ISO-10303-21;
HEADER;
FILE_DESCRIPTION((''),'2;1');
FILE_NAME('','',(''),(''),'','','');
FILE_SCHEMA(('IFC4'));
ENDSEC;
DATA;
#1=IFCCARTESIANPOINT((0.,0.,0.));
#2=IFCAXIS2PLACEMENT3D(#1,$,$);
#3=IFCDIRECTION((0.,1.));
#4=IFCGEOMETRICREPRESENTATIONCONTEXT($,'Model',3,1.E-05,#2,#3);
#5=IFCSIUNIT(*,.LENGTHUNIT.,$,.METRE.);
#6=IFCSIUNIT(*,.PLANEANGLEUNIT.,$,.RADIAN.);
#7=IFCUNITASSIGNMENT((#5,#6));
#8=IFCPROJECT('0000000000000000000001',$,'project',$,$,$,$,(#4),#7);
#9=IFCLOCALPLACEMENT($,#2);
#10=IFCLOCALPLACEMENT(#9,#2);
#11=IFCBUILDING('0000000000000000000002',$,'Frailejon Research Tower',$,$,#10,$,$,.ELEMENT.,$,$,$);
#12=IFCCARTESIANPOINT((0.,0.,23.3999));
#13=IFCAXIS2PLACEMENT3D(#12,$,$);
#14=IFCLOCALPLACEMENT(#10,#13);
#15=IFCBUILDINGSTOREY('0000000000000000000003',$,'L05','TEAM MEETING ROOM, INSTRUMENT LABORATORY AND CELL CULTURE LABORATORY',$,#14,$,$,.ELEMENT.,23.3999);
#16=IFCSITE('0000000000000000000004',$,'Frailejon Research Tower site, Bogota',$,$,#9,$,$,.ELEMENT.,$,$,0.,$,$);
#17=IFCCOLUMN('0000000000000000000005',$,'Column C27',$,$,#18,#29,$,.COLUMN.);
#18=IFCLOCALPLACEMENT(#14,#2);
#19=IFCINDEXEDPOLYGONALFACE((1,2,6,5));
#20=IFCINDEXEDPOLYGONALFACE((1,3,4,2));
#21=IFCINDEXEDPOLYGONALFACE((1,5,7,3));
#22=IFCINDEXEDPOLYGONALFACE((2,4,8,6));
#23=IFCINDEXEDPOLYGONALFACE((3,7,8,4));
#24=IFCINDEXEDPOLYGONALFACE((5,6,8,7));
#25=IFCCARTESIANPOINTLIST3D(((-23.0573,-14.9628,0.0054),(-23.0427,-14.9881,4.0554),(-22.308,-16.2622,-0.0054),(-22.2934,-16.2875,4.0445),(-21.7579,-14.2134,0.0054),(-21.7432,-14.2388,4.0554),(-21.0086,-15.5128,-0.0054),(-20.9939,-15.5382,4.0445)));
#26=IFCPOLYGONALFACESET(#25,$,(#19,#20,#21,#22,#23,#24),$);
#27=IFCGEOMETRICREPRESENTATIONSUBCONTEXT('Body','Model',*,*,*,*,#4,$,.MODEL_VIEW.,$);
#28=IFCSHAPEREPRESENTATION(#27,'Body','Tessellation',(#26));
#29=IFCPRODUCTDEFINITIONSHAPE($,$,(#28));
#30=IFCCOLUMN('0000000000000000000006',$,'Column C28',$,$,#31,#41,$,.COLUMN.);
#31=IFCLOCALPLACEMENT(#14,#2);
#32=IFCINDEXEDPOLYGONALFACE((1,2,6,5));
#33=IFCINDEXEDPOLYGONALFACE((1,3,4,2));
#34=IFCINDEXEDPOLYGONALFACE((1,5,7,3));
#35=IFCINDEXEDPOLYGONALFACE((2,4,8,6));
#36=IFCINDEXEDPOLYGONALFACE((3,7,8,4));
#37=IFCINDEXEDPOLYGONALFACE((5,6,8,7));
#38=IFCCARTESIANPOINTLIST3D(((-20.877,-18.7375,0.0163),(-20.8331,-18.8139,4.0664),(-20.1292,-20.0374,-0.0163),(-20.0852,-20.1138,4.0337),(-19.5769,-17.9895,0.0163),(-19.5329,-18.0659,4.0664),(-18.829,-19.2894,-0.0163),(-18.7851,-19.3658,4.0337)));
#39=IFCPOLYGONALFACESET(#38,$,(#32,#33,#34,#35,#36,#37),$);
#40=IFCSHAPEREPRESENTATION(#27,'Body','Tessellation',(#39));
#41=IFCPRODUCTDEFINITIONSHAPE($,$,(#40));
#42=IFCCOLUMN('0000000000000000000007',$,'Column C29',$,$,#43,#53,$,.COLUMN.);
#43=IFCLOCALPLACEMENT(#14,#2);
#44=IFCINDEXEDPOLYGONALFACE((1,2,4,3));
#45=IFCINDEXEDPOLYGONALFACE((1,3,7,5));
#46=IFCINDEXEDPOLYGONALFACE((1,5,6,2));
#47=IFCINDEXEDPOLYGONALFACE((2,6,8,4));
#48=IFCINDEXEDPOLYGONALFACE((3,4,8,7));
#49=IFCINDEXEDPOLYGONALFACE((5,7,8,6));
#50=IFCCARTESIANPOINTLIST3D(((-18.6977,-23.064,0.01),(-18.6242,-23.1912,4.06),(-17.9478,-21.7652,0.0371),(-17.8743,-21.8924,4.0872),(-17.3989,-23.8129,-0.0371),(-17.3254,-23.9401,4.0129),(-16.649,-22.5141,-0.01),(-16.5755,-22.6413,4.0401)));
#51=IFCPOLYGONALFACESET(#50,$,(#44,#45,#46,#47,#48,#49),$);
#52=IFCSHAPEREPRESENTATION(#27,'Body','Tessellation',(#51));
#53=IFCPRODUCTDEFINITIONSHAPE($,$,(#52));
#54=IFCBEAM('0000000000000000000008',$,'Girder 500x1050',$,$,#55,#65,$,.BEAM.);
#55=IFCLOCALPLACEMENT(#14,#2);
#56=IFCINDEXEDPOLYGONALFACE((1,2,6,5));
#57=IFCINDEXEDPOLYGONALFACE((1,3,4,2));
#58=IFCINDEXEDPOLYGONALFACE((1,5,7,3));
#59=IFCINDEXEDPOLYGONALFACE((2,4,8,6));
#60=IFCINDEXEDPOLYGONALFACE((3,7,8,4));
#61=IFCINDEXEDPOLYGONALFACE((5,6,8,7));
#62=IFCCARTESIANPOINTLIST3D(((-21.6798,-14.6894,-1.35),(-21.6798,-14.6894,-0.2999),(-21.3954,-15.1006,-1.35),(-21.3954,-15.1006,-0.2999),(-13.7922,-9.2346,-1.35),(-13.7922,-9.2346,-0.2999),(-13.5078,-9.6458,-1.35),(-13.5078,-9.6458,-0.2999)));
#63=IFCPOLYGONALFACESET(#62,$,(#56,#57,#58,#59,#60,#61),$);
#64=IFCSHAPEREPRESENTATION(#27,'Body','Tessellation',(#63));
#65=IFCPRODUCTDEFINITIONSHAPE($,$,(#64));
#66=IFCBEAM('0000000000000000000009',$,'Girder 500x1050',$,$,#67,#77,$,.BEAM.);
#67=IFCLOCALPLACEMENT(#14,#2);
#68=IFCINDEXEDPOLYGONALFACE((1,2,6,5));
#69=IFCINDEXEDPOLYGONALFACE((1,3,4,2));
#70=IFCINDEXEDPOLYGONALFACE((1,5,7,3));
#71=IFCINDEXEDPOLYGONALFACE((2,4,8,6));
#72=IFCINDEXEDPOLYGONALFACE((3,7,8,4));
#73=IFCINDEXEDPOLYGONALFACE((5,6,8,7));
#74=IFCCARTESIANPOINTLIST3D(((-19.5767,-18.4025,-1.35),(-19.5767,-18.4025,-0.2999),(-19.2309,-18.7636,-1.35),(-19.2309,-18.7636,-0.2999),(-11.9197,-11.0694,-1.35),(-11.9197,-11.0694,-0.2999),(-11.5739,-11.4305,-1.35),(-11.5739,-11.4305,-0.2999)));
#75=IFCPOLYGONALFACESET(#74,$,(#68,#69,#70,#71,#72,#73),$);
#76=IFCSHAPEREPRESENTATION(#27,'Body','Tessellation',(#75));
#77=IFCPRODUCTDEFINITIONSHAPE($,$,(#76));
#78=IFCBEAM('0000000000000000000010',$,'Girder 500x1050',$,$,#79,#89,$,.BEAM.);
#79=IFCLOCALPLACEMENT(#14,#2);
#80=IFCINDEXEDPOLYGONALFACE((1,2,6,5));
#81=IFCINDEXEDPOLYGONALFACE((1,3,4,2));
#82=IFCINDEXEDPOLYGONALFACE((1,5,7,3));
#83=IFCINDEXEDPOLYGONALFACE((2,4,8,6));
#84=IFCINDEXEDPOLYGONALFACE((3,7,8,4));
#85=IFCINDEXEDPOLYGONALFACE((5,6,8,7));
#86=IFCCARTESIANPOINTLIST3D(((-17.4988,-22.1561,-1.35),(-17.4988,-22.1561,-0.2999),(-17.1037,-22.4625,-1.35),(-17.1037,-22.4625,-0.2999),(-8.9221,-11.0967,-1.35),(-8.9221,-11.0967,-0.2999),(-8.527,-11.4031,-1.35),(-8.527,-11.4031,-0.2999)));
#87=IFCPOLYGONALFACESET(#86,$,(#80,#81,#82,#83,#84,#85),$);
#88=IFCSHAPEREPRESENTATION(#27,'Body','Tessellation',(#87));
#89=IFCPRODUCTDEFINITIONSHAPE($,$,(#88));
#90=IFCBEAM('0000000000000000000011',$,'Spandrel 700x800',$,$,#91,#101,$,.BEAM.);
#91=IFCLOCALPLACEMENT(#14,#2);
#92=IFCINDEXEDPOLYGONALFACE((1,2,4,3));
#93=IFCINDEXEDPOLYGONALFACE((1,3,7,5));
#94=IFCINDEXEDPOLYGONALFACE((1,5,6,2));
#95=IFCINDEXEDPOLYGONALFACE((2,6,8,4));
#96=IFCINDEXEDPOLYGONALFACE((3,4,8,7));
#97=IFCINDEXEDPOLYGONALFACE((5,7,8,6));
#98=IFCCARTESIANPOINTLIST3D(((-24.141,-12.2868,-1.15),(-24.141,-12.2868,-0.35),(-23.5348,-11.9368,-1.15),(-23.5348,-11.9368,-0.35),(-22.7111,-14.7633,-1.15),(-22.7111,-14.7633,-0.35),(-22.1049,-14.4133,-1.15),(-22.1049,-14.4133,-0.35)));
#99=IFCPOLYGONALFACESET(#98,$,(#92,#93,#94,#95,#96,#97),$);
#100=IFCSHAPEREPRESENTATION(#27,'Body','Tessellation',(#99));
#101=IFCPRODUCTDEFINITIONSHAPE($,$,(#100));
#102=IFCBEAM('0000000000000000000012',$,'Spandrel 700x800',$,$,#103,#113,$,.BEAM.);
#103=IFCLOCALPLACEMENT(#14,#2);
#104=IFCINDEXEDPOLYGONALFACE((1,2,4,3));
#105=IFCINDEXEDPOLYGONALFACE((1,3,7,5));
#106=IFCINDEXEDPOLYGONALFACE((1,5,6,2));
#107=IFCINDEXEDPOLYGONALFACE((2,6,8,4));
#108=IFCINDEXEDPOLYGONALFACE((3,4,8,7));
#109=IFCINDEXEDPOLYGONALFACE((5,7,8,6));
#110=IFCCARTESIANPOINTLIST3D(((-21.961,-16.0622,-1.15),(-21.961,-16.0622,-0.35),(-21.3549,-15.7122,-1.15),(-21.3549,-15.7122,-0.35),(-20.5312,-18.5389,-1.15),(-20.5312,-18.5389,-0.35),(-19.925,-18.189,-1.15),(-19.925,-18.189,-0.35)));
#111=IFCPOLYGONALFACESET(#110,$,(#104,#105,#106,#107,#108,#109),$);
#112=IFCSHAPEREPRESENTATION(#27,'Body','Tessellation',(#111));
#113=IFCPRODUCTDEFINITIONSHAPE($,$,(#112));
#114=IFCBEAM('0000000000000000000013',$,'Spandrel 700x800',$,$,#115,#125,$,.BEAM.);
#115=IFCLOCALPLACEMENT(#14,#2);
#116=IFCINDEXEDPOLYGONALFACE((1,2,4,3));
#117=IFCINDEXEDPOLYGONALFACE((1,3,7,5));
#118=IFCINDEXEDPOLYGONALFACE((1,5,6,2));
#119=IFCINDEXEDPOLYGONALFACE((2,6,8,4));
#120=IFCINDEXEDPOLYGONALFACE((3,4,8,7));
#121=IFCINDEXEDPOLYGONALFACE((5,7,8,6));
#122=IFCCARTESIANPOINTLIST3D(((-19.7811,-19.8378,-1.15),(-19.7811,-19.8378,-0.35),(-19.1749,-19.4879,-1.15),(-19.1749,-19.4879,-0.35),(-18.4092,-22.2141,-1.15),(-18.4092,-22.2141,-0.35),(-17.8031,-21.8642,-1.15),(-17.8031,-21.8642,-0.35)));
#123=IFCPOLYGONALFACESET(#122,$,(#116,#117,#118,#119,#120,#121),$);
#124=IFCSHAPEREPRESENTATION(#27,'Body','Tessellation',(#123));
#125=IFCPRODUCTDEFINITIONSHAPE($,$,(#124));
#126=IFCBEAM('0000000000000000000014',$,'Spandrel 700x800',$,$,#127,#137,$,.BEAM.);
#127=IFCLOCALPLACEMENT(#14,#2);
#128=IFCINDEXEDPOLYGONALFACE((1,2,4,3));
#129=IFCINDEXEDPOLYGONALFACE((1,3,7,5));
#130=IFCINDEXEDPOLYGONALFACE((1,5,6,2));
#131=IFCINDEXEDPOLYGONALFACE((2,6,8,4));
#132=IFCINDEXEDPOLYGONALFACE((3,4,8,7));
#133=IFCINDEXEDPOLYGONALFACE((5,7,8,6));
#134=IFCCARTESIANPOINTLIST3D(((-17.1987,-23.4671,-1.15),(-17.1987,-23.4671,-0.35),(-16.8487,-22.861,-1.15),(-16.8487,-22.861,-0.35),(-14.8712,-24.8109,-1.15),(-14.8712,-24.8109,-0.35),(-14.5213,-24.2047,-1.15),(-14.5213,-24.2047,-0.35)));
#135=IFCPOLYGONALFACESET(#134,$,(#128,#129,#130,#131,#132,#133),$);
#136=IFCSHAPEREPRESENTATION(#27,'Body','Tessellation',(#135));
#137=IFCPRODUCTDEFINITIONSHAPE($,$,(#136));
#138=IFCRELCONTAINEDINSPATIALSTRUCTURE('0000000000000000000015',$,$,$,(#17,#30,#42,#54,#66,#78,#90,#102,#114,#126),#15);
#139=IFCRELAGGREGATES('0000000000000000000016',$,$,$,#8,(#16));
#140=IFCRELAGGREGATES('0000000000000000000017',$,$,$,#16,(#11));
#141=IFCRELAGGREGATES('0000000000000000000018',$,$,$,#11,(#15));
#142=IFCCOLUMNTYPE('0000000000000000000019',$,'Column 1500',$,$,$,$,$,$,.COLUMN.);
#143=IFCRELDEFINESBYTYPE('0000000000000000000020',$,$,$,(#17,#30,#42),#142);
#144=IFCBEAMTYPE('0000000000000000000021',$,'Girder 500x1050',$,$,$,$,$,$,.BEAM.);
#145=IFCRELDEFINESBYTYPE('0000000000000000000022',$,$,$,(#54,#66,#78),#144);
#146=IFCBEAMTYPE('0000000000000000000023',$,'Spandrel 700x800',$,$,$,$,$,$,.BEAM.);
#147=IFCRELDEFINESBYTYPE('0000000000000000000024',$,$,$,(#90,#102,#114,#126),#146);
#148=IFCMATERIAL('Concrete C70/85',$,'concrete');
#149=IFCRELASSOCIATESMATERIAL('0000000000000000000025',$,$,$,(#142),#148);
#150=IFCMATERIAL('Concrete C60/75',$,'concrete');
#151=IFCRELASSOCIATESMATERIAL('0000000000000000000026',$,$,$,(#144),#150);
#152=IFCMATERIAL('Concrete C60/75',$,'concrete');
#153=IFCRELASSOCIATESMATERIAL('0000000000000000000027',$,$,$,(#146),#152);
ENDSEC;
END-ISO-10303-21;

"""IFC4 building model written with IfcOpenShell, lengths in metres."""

from ifc_helpers import new_model, si_unit, direction, frame, origin, origin_2d, place, context, subcontext, project, spatial, rectangle, extrude, material, material_profile, profile_set, type_object, element, save


model = new_model("IFC4")

# Units and contexts
model_context = context("Model", 3, precision=1e-05, world=origin(), true_north=direction((0.0, 1.0)))
body_context = subcontext(model_context, "Body", "Model", "MODEL_VIEW")
ifc_project = project(units=[si_unit("LENGTHUNIT", "METRE"), si_unit("PLANEANGLEUNIT", "RADIAN")], contexts=[model_context])

# Site, building, storey
site_placement = place(None, origin())
site = spatial("IfcSite", under=ifc_project, at=site_placement, Name="Frailejon Research Tower site, Bogota", CompositionType="ELEMENT", RefElevation=0.0)
building_placement = place(site_placement, origin())
building = spatial("IfcBuilding", under=site, at=building_placement, Name="Frailejon Research Tower", CompositionType="ELEMENT")
storey_placement = place(building_placement, frame((0.0, 0.0, 23.3999)))
storey = spatial("IfcBuildingStorey", under=building, at=storey_placement, Name="L05", Description="TEAM MEETING ROOM, INSTRUMENT LABORATORY AND CELL CULTURE LABORATORY", CompositionType="ELEMENT", Elevation=23.3999)

# Columns
ifc_material_1 = material(Name="Concrete C70/85", Category="concrete")
ifc_material_profile_1 = material_profile(ifc_material_1, rectangle(XDim=1.5, YDim=1.5, at=origin_2d()), Name="Column 1500")
ifc_profile_set_1 = profile_set([ifc_material_profile_1], Name="Concrete C70/85")
column_type = type_object("IfcColumnType", Name="Column 1500", PredefinedType="COLUMN", material=ifc_profile_set_1)
column_1_placement = place(storey_placement, frame((-22.033, -15.2378, 0.0), z_axis=(0.003617, -0.006269, 0.999974), x_axis=(0.499536, -0.866263, -0.007238)))
element("IfcColumn", 1, at=column_1_placement, inside=storey, type_object=column_type, Name="Column C27", PredefinedType="COLUMN", context=body_context, shape_type="SweptSolid", body=[
    extrude(rectangle(XDim=1.5, YDim=1.5, at=origin_2d()), origin(), (0.0, 0.0, 1.0), 4.05),
])
column_2_placement = place(storey_placement, frame((-19.853, -19.0134, 0.0), z_axis=(0.010848, -0.018863, 0.999763), x_axis=(0.498562, -0.866581, -0.02176)))
element("IfcColumn", 2, at=column_2_placement, inside=storey, type_object=column_type, Name="Column C28", PredefinedType="COLUMN", context=body_context, shape_type="SweptSolid", body=[
    extrude(rectangle(XDim=1.5, YDim=1.5, at=origin_2d()), origin(), (0.0, 0.0, 1.0), 4.051),
])
column_3_placement = place(storey_placement, frame((-17.6733, -22.7891, 0.0), z_axis=(0.018133, -0.031386, 0.999343), x_axis=(0.865885, -0.499257, -0.031391)))
element("IfcColumn", 3, at=column_3_placement, inside=storey, type_object=column_type, Name="Column C29", PredefinedType="COLUMN", context=body_context, shape_type="SweptSolid", body=[
    extrude(rectangle(XDim=1.5, YDim=1.5, at=origin_2d()), origin(), (0.0, 0.0, 1.0), 4.0527),
])

# Beams
ifc_material_2 = material(Name="Concrete C60/75", Category="concrete")
ifc_material_profile_2 = material_profile(ifc_material_2, rectangle(XDim=0.5, YDim=1.05, at=origin_2d()), Name="Girder 500x1050")
ifc_profile_set_2 = profile_set([ifc_material_profile_2], Name="Concrete C60/75")
beam_type_1 = type_object("IfcBeamType", Name="Girder 500x1050", PredefinedType="BEAM", material=ifc_profile_set_2)
beam_1_placement = place(storey_placement, frame((-21.5376, -14.895, -0.825), z_axis=(0.822479, 0.568796, 0.0), x_axis=(-0.568796, 0.822479, 0.0)))
element("IfcBeam", 4, at=beam_1_placement, inside=storey, type_object=beam_type_1, Name="Girder 500x1050", PredefinedType="BEAM", context=body_context, shape_type="SweptSolid", body=[
    extrude(rectangle(XDim=0.5, YDim=1.05, at=origin_2d()), origin(), (0.0, 0.0, 1.0), 9.5901),
])
beam_2_placement = place(storey_placement, frame((-19.4038, -18.583, -0.825), z_axis=(0.722221, 0.691663, 0.0), x_axis=(-0.691663, 0.722221, 0.0)))
element("IfcBeam", 5, at=beam_2_placement, inside=storey, type_object=beam_type_1, Name="Girder 500x1050", PredefinedType="BEAM", context=body_context, shape_type="SweptSolid", body=[
    extrude(rectangle(XDim=0.5, YDim=1.05, at=origin_2d()), origin(), (0.0, 0.0, 1.0), 10.6021),
])
beam_3_placement = place(storey_placement, frame((-17.3013, -22.3093, -0.825), z_axis=(0.612825, 0.790218, 0.0), x_axis=(-0.790218, 0.612825, 0.0)))
element("IfcBeam", 6, at=beam_3_placement, inside=storey, type_object=beam_type_1, Name="Girder 500x1050", PredefinedType="BEAM", context=body_context, shape_type="SweptSolid", body=[
    extrude(rectangle(XDim=0.5, YDim=1.05, at=origin_2d()), origin(), (0.0, 0.0, 1.0), 13.9954),
])
ifc_material_3 = material(Name="Concrete C60/75", Category="concrete")
ifc_material_profile_3 = material_profile(ifc_material_3, rectangle(XDim=0.7, YDim=0.8, at=origin_2d()), Name="Spandrel 700x800")
ifc_profile_set_3 = profile_set([ifc_material_profile_3], Name="Concrete C60/75")
beam_type_2 = type_object("IfcBeamType", Name="Spandrel 700x800", PredefinedType="BEAM", material=ifc_profile_set_3)
beam_4_placement = place(storey_placement, frame((-23.8379, -12.1118, -0.75), z_axis=(0.500023, -0.866012, 0.0), x_axis=(0.866012, 0.500023, 0.0)))
element("IfcBeam", 7, at=beam_4_placement, inside=storey, type_object=beam_type_2, Name="Spandrel 700x800", PredefinedType="BEAM", context=body_context, shape_type="SweptSolid", body=[
    extrude(rectangle(XDim=0.7, YDim=0.8, at=origin_2d()), origin(), (0.0, 0.0, 1.0), 2.8596),
])
beam_5_placement = place(storey_placement, frame((-21.658, -15.8872, -0.75), z_axis=(0.499986, -0.866033, 0.0), x_axis=(0.866033, 0.499986, 0.0)))
element("IfcBeam", 8, at=beam_5_placement, inside=storey, type_object=beam_type_2, Name="Spandrel 700x800", PredefinedType="BEAM", context=body_context, shape_type="SweptSolid", body=[
    extrude(rectangle(XDim=0.7, YDim=0.8, at=origin_2d()), origin(), (0.0, 0.0, 1.0), 2.8599),
])
beam_6_placement = place(storey_placement, frame((-19.478, -19.6628, -0.75), z_axis=(0.499977, -0.866039, 0.0), x_axis=(0.866039, 0.499977, 0.0)))
element("IfcBeam", 9, at=beam_6_placement, inside=storey, type_object=beam_type_2, Name="Spandrel 700x800", PredefinedType="BEAM", context=body_context, shape_type="SweptSolid", body=[
    extrude(rectangle(XDim=0.7, YDim=0.8, at=origin_2d()), origin(), (0.0, 0.0, 1.0), 2.7439),
])
beam_7_placement = place(storey_placement, frame((-17.0237, -23.1641, -0.75), z_axis=(0.866021, -0.500008, 0.0), x_axis=(0.500008, 0.866021, 0.0)))
element("IfcBeam", 10, at=beam_7_placement, inside=storey, type_object=beam_type_2, Name="Spandrel 700x800", PredefinedType="BEAM", context=body_context, shape_type="SweptSolid", body=[
    extrude(rectangle(XDim=0.7, YDim=0.8, at=origin_2d()), origin(), (0.0, 0.0, 1.0), 2.6875),
])

save(model, "model.ifc")
